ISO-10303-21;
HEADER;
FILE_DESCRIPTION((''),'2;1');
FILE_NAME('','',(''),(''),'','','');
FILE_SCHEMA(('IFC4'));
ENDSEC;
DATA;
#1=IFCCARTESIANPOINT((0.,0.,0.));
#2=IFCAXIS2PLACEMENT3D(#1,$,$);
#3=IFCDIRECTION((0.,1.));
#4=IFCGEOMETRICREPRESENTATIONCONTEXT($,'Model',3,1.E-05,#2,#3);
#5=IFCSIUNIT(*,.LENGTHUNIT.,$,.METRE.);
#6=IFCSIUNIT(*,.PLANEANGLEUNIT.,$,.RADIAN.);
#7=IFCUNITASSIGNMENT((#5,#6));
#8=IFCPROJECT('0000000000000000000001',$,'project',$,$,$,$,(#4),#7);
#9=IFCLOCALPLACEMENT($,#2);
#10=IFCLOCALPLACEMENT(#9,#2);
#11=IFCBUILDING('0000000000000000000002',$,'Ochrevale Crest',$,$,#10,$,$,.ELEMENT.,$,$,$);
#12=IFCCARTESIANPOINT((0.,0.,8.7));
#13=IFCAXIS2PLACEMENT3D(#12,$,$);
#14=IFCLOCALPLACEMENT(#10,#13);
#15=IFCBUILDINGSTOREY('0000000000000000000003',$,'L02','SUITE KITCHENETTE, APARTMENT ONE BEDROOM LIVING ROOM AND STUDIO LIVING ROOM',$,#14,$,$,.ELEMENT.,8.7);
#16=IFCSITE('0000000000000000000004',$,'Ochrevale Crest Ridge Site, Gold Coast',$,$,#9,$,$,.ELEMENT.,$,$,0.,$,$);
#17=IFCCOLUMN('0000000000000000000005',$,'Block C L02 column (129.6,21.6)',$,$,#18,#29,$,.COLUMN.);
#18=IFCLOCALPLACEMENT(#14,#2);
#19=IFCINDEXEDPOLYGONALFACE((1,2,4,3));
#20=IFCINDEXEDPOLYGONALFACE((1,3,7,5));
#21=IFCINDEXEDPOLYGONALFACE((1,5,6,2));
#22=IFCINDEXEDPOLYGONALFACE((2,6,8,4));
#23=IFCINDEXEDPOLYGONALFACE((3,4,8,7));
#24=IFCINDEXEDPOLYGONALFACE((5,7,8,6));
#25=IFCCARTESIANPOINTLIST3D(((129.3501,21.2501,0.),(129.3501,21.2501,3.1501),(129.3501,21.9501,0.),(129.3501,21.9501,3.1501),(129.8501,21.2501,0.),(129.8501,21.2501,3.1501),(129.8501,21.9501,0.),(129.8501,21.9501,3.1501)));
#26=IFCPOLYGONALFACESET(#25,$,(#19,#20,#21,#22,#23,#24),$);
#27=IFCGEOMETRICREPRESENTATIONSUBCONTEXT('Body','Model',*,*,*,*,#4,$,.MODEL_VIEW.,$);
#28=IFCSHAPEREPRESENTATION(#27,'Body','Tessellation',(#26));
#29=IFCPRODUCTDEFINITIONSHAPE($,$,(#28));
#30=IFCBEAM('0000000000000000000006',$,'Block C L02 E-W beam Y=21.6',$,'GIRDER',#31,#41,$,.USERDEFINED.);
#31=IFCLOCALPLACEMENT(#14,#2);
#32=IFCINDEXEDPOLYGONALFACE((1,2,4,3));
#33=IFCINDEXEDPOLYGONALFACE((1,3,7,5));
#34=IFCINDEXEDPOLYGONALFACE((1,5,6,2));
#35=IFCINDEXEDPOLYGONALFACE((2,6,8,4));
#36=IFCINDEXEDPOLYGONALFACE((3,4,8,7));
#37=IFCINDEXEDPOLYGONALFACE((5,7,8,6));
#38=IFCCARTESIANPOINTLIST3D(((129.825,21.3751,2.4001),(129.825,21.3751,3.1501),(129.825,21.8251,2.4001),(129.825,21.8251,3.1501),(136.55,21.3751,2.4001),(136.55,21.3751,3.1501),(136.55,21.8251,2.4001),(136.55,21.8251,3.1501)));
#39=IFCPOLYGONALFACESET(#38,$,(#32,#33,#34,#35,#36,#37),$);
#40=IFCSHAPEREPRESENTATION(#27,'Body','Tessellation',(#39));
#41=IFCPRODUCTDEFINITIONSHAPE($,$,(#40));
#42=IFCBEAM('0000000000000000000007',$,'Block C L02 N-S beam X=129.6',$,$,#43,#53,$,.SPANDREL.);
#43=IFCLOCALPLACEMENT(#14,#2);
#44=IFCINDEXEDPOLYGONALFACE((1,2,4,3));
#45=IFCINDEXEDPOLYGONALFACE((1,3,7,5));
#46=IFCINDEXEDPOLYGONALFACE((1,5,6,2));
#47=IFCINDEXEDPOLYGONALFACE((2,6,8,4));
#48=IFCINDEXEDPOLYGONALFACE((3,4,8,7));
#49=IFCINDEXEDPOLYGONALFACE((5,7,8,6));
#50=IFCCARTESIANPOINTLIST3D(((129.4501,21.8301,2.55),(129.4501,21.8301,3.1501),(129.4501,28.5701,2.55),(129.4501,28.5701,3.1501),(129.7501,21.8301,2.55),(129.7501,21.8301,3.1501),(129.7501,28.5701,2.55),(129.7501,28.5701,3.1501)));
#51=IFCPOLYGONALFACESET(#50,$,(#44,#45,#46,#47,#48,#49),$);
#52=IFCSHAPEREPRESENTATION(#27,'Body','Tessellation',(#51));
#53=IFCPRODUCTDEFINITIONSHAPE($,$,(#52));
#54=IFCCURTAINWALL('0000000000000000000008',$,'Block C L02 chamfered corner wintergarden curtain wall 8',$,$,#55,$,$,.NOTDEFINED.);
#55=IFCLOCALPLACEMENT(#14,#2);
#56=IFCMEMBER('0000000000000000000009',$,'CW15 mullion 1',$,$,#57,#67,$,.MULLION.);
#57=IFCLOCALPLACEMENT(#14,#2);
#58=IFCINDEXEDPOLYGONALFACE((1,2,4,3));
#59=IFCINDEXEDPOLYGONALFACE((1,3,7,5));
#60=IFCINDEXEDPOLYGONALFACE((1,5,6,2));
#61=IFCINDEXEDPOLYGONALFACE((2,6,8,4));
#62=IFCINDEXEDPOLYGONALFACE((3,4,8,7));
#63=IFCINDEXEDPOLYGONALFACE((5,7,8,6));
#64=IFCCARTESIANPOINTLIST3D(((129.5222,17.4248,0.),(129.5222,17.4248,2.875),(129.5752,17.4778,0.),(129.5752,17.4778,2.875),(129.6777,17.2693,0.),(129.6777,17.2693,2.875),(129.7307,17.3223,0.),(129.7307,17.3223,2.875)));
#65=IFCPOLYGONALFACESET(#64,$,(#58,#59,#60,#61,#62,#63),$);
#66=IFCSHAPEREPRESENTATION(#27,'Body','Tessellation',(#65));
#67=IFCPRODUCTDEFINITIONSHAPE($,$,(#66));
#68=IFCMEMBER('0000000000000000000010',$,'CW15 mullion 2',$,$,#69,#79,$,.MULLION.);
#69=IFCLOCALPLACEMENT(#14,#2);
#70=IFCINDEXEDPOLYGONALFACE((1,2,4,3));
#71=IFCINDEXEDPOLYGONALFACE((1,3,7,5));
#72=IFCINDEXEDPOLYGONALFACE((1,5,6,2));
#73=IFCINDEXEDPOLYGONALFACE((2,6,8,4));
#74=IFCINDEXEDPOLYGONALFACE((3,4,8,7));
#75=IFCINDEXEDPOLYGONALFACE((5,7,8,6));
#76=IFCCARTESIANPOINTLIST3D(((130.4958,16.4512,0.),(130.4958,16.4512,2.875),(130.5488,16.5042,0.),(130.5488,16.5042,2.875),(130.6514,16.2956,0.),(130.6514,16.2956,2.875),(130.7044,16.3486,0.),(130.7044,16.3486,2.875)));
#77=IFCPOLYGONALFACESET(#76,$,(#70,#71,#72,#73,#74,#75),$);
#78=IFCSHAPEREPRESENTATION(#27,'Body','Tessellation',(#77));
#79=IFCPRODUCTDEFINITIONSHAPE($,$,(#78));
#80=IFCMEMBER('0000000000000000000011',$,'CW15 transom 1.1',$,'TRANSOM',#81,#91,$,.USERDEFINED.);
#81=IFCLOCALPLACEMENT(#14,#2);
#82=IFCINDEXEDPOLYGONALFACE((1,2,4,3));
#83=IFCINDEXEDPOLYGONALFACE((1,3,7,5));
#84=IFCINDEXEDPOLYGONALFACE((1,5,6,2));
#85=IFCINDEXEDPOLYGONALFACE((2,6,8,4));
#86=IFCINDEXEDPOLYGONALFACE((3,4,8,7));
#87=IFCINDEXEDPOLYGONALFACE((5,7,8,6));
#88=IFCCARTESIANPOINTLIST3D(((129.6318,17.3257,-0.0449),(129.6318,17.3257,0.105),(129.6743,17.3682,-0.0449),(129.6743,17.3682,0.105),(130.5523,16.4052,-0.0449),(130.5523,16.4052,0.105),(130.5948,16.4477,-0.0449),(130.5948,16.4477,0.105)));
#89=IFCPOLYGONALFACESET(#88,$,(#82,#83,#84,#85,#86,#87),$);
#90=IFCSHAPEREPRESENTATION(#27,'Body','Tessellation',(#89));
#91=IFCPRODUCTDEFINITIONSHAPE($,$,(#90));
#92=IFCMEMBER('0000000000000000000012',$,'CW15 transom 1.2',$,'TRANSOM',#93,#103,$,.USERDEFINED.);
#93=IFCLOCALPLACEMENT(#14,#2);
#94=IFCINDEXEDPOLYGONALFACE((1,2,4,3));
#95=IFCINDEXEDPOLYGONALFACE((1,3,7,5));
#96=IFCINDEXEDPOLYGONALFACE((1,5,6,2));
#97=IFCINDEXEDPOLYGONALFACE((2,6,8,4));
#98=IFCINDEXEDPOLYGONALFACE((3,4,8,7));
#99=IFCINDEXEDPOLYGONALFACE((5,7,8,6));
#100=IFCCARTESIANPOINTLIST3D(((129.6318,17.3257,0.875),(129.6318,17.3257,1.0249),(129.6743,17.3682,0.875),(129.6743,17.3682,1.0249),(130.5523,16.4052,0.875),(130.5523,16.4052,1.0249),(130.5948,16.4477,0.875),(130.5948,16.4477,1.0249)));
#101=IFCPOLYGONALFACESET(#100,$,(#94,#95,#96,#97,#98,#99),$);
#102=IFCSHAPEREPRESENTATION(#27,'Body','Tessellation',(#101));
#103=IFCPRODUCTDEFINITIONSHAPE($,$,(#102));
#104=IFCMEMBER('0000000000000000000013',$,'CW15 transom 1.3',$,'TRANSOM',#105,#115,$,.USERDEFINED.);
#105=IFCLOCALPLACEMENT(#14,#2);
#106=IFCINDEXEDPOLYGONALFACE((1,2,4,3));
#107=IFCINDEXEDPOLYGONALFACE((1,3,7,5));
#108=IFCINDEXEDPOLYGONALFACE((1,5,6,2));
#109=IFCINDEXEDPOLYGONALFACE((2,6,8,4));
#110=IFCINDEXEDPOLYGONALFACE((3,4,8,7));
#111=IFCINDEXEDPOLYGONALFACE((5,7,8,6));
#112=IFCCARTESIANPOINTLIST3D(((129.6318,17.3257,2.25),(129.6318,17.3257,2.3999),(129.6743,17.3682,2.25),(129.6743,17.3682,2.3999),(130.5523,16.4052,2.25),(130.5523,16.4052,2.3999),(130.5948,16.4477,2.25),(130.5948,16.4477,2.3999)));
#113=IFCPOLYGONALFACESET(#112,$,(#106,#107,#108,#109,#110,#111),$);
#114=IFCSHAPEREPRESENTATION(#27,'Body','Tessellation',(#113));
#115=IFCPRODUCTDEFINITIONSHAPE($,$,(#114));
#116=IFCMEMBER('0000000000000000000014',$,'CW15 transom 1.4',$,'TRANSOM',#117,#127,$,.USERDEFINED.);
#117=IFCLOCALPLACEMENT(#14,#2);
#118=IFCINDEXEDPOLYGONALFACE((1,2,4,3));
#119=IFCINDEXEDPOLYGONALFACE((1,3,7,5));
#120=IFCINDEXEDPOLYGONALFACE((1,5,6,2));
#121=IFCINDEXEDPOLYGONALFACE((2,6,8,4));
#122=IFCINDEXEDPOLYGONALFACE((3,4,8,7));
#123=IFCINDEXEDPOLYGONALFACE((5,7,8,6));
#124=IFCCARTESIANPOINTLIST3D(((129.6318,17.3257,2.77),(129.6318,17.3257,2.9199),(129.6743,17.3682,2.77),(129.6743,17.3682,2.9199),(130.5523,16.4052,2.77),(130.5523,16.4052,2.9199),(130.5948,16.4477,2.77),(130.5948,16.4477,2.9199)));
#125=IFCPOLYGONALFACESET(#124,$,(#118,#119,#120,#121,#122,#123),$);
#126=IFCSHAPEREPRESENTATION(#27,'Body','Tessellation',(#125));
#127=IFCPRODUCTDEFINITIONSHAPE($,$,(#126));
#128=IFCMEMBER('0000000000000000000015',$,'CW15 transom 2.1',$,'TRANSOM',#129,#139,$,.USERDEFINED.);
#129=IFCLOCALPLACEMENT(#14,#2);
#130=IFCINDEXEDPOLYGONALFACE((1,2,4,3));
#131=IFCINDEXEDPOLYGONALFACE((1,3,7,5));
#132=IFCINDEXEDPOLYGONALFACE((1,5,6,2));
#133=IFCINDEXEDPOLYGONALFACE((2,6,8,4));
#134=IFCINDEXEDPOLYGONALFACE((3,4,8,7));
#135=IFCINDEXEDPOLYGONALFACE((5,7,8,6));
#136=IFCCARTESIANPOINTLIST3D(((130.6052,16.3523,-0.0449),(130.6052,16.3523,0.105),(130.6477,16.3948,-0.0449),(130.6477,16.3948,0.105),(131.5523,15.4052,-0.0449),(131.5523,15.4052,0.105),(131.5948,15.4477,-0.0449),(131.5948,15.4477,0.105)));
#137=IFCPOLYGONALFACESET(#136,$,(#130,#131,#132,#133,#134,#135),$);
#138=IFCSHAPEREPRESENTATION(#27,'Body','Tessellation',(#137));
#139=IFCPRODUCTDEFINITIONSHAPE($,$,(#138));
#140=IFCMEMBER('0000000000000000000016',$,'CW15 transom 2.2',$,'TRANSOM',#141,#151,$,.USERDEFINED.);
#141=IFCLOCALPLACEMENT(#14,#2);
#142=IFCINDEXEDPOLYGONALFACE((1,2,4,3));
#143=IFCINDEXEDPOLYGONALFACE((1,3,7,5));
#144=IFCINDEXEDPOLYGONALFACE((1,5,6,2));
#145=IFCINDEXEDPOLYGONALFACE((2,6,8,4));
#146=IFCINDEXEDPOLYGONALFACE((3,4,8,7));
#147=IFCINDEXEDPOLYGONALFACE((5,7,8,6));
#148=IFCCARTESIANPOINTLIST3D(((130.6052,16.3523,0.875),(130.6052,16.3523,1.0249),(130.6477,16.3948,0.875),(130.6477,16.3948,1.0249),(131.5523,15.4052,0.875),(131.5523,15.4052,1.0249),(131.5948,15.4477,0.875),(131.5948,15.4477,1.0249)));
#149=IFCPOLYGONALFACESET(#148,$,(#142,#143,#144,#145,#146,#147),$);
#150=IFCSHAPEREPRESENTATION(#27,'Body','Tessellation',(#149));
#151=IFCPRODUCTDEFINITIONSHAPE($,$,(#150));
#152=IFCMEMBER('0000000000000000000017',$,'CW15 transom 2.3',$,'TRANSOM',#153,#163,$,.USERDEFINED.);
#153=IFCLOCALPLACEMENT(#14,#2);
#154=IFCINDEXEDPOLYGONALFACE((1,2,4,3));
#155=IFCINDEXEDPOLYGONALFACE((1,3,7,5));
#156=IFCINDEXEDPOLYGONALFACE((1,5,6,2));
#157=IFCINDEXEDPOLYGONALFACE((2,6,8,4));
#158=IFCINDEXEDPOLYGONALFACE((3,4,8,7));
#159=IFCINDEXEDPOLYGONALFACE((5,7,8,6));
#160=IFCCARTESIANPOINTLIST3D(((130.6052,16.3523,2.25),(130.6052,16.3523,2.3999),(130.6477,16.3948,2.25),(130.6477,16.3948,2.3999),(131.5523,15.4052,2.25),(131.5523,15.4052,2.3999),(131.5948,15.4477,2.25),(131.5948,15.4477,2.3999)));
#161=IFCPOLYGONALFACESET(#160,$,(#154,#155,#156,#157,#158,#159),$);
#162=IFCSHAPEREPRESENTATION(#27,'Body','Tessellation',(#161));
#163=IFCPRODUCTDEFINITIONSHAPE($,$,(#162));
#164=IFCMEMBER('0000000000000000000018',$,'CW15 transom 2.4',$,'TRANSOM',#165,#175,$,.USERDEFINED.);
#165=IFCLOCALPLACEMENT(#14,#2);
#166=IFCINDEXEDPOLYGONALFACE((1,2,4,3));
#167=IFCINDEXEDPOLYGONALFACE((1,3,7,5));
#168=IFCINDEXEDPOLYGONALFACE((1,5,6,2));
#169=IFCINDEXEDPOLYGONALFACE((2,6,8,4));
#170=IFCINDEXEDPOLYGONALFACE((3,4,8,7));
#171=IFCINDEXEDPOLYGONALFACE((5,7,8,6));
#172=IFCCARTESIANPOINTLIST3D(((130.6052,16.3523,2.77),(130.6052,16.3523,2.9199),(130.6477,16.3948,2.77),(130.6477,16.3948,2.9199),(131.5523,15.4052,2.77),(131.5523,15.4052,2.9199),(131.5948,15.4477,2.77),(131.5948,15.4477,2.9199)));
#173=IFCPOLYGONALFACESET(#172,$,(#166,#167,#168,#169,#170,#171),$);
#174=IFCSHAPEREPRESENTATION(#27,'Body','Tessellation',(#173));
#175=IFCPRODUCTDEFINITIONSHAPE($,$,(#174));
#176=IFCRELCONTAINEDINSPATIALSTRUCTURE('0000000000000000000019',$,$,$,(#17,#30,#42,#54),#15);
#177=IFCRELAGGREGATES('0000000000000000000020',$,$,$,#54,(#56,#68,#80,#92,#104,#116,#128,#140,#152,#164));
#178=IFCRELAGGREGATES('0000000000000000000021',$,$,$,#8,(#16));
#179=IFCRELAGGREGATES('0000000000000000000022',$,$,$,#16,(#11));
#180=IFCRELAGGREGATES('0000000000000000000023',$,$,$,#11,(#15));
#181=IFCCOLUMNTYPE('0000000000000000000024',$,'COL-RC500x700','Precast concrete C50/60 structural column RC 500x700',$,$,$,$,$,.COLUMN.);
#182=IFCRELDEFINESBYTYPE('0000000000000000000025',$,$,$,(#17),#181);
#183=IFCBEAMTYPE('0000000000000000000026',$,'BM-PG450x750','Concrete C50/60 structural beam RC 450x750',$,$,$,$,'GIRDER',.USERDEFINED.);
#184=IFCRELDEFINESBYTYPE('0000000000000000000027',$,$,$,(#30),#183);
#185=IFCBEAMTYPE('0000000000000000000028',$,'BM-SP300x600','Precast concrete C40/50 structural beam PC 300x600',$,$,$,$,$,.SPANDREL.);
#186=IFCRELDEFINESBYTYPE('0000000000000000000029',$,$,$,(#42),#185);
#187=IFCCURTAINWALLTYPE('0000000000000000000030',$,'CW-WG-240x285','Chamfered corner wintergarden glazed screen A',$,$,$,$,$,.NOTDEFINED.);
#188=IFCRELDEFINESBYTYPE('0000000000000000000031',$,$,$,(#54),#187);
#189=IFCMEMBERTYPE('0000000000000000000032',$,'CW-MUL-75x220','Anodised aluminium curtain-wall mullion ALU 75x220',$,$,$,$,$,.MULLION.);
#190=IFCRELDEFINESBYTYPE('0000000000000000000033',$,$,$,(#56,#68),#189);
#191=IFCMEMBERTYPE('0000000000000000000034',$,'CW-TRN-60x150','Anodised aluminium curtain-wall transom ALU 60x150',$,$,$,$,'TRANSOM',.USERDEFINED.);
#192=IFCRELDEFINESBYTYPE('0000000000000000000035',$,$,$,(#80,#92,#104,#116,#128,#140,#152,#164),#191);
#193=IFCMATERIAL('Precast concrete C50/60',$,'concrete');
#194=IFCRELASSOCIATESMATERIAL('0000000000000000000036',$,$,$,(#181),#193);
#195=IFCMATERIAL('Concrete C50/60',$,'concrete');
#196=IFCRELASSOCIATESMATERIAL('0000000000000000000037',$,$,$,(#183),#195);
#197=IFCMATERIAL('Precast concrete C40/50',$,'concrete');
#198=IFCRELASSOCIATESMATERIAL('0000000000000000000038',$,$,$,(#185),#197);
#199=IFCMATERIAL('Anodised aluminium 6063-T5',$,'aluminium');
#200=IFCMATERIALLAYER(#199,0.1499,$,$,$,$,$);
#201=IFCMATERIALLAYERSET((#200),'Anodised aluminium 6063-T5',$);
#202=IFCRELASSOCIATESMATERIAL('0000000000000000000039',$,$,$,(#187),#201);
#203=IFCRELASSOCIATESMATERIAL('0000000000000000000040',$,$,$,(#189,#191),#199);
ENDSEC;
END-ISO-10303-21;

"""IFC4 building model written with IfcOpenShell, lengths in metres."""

from ifc_helpers import new_model, si_unit, direction, frame, origin, origin_2d, place, context, subcontext, project, spatial, rectangle, extrude, material, layer, layer_set, material_profile, profile_set, type_object, element, aggregate, save


model = new_model("IFC4")

# Units and contexts
model_context = context("Model", 3, precision=1e-05, world=origin(), true_north=direction((0.0, 1.0)))
body_context = subcontext(model_context, "Body", "Model", "MODEL_VIEW")
ifc_project = project(units=[si_unit("LENGTHUNIT", "METRE"), si_unit("PLANEANGLEUNIT", "RADIAN")], contexts=[model_context])

# Site, building, storey
site_placement = place(None, origin())
site = spatial("IfcSite", under=ifc_project, at=site_placement, Name="Ochrevale Crest Ridge Site, Gold Coast", CompositionType="ELEMENT", RefElevation=0.0)
building_placement = place(site_placement, origin())
building = spatial("IfcBuilding", under=site, at=building_placement, Name="Ochrevale Crest", CompositionType="ELEMENT")
storey_placement = place(building_placement, frame((0.0, 0.0, 8.7)))
storey = spatial("IfcBuildingStorey", under=building, at=storey_placement, Name="L02", Description="SUITE KITCHENETTE, APARTMENT ONE BEDROOM LIVING ROOM AND STUDIO LIVING ROOM", CompositionType="ELEMENT", Elevation=8.7)

# Column
ifc_material_1 = material(Name="Precast concrete C50/60", Category="concrete")
ifc_material_profile_1 = material_profile(ifc_material_1, rectangle(XDim=0.5, YDim=0.7, at=origin_2d()), Name="RC 500x700")
ifc_profile_set_1 = profile_set([ifc_material_profile_1], Name="Precast concrete C50/60")
column_type = type_object("IfcColumnType", Name="COL-RC500x700", Description="Precast concrete C50/60 structural column RC 500x700", PredefinedType="COLUMN", material=ifc_profile_set_1)
column_placement = place(storey_placement, frame((129.6001, 21.6001, 0.0), z_axis=(0.0, 0.0, 1.0), x_axis=(1.0, 0.0, 0.0)))
element("IfcColumn", 1, at=column_placement, inside=storey, type_object=column_type, Name="Block C L02 column (129.6,21.6)", PredefinedType="COLUMN", context=body_context, shape_type="SweptSolid", body=[
    extrude(rectangle(XDim=0.5, YDim=0.7, at=origin_2d()), origin(), (0.0, 0.0, 1.0), 3.1501),
])

# Beams
ifc_material_2 = material(Name="Concrete C50/60", Category="concrete")
ifc_material_profile_2 = material_profile(ifc_material_2, rectangle(XDim=0.45, YDim=0.75, at=origin_2d()), Name="RC 450x750")
ifc_profile_set_2 = profile_set([ifc_material_profile_2], Name="Concrete C50/60")
beam_type_1 = type_object("IfcBeamType", Name="BM-PG450x750", Description="Concrete C50/60 structural beam RC 450x750", ElementType="GIRDER", PredefinedType="USERDEFINED", material=ifc_profile_set_2)
beam_1_placement = place(storey_placement, frame((129.825, 21.6001, 2.7751), z_axis=(1.0, 0.0, 0.0), x_axis=(0.0, 1.0, 0.0)))
element("IfcBeam", 2, at=beam_1_placement, inside=storey, type_object=beam_type_1, Name="Block C L02 E-W beam Y=21.6", ObjectType="GIRDER", PredefinedType="USERDEFINED", context=body_context, shape_type="SweptSolid", body=[
    extrude(rectangle(XDim=0.45, YDim=0.75, at=origin_2d()), origin(), (0.0, 0.0, 1.0), 6.7251),
])
ifc_material_3 = material(Name="Precast concrete C40/50", Category="concrete")
ifc_material_profile_3 = material_profile(ifc_material_3, rectangle(XDim=0.3, YDim=0.6001, at=origin_2d()), Name="PC 300x600")
ifc_profile_set_3 = profile_set([ifc_material_profile_3], Name="Precast concrete C40/50")
beam_type_2 = type_object("IfcBeamType", Name="BM-SP300x600", Description="Precast concrete C40/50 structural beam PC 300x600", PredefinedType="SPANDREL", material=ifc_profile_set_3)
beam_2_placement = place(storey_placement, frame((129.6001, 21.8301, 2.8501), z_axis=(0.0, 1.0, 0.0), x_axis=(-1.0, 0.0, 0.0)))
element("IfcBeam", 3, at=beam_2_placement, inside=storey, type_object=beam_type_2, Name="Block C L02 N-S beam X=129.6", PredefinedType="SPANDREL", context=body_context, shape_type="SweptSolid", body=[
    extrude(rectangle(XDim=0.3, YDim=0.6001, at=origin_2d()), origin(), (0.0, 0.0, 1.0), 6.74),
])

# Curtain wall, members
ifc_material_4 = material(Name="Anodised aluminium 6063-T5", Category="aluminium")
ifc_layer_1 = layer(ifc_material_4, 0.1499)
ifc_layer_set_1 = layer_set([ifc_layer_1], Name="Anodised aluminium 6063-T5")
curtain_wall_type = type_object("IfcCurtainWallType", Name="CW-WG-240x285", Description="Chamfered corner wintergarden glazed screen A", PredefinedType="NOTDEFINED", material=ifc_layer_set_1)
curtain_wall_placement = place(storey_placement, origin())
curtain_wall = element("IfcCurtainWall", 4, at=curtain_wall_placement, inside=storey, type_object=curtain_wall_type, Name="Block C L02 chamfered corner wintergarden curtain wall 8", PredefinedType="NOTDEFINED")
ifc_material_profile_4 = material_profile(ifc_material_4, rectangle(XDim=0.075, YDim=0.22, at=origin_2d()), Name="ALU 75x220")
ifc_profile_set_4 = profile_set([ifc_material_profile_4], Name="Anodised aluminium 6063-T5")
member_type_1 = type_object("IfcMemberType", Name="CW-MUL-75x220", Description="Anodised aluminium curtain-wall mullion ALU 75x220", PredefinedType="MULLION", material=ifc_profile_set_4)
member_1_placement = place(storey_placement, frame((129.6265, 17.3735, 0.0), z_axis=(0.0, 0.0, 1.0), x_axis=(0.707107, 0.707107, 0.0)))
member_1 = element("IfcMember", 5, at=member_1_placement, type_object=member_type_1, Name="CW15 mullion 1", PredefinedType="MULLION", context=body_context, shape_type="SweptSolid", body=[
    extrude(rectangle(XDim=0.075, YDim=0.22, at=origin_2d()), origin(), (0.0, 0.0, 1.0), 2.875),
])
member_2_placement = place(storey_placement, frame((130.6001, 16.3999, 0.0), z_axis=(0.0, 0.0, 1.0), x_axis=(0.707107, 0.707107, 0.0)))
member_2 = element("IfcMember", 6, at=member_2_placement, type_object=member_type_1, Name="CW15 mullion 2", PredefinedType="MULLION", context=body_context, shape_type="SweptSolid", body=[
    extrude(rectangle(XDim=0.075, YDim=0.22, at=origin_2d()), origin(), (0.0, 0.0, 1.0), 2.875),
])
ifc_material_profile_5 = material_profile(ifc_material_4, rectangle(XDim=0.0601, YDim=0.1499, at=origin_2d()), Name="ALU 60x150")
ifc_profile_set_5 = profile_set([ifc_material_profile_5], Name="Anodised aluminium 6063-T5")
member_type_2 = type_object("IfcMemberType", Name="CW-TRN-60x150", Description="Anodised aluminium curtain-wall transom ALU 60x150", ElementType="TRANSOM", PredefinedType="USERDEFINED", material=ifc_profile_set_5)
member_3_placement = place(storey_placement, frame((129.6531, 17.3469, 0.03), z_axis=(0.707107, -0.707107, 0.0), x_axis=(0.707107, 0.707107, 0.0)))
member_3 = element("IfcMember", 7, at=member_3_placement, type_object=member_type_2, Name="CW15 transom 1.1", ObjectType="TRANSOM", PredefinedType="USERDEFINED", context=body_context, shape_type="SweptSolid", body=[
    extrude(rectangle(XDim=0.0601, YDim=0.1499, at=origin_2d()), origin(), (0.0, 0.0, 1.0), 1.3018),
])
member_4_placement = place(storey_placement, frame((129.6531, 17.3469, 0.95), z_axis=(0.707107, -0.707107, 0.0), x_axis=(0.707107, 0.707107, 0.0)))
member_4 = element("IfcMember", 8, at=member_4_placement, type_object=member_type_2, Name="CW15 transom 1.2", ObjectType="TRANSOM", PredefinedType="USERDEFINED", context=body_context, shape_type="SweptSolid", body=[
    extrude(rectangle(XDim=0.0601, YDim=0.1499, at=origin_2d()), origin(), (0.0, 0.0, 1.0), 1.3018),
])
member_5_placement = place(storey_placement, frame((129.6531, 17.3469, 2.325), z_axis=(0.707107, -0.707107, 0.0), x_axis=(0.707107, 0.707107, 0.0)))
member_5 = element("IfcMember", 9, at=member_5_placement, type_object=member_type_2, Name="CW15 transom 1.3", ObjectType="TRANSOM", PredefinedType="USERDEFINED", context=body_context, shape_type="SweptSolid", body=[
    extrude(rectangle(XDim=0.0601, YDim=0.1499, at=origin_2d()), origin(), (0.0, 0.0, 1.0), 1.3018),
])
member_6_placement = place(storey_placement, frame((129.6531, 17.3469, 2.845), z_axis=(0.707107, -0.707107, 0.0), x_axis=(0.707107, 0.707107, 0.0)))
member_6 = element("IfcMember", 10, at=member_6_placement, type_object=member_type_2, Name="CW15 transom 1.4", ObjectType="TRANSOM", PredefinedType="USERDEFINED", context=body_context, shape_type="SweptSolid", body=[
    extrude(rectangle(XDim=0.0601, YDim=0.1499, at=origin_2d()), origin(), (0.0, 0.0, 1.0), 1.3018),
])
member_7_placement = place(storey_placement, frame((130.6265, 16.3735, 0.03), z_axis=(0.707107, -0.707107, 0.0), x_axis=(0.707107, 0.707107, 0.0)))
member_7 = element("IfcMember", 11, at=member_7_placement, type_object=member_type_2, Name="CW15 transom 2.1", ObjectType="TRANSOM", PredefinedType="USERDEFINED", context=body_context, shape_type="SweptSolid", body=[
    extrude(rectangle(XDim=0.0601, YDim=0.1499, at=origin_2d()), origin(), (0.0, 0.0, 1.0), 1.3394),
])
member_8_placement = place(storey_placement, frame((130.6265, 16.3735, 0.95), z_axis=(0.707107, -0.707107, 0.0), x_axis=(0.707107, 0.707107, 0.0)))
member_8 = element("IfcMember", 12, at=member_8_placement, type_object=member_type_2, Name="CW15 transom 2.2", ObjectType="TRANSOM", PredefinedType="USERDEFINED", context=body_context, shape_type="SweptSolid", body=[
    extrude(rectangle(XDim=0.0601, YDim=0.1499, at=origin_2d()), origin(), (0.0, 0.0, 1.0), 1.3394),
])
member_9_placement = place(storey_placement, frame((130.6265, 16.3735, 2.325), z_axis=(0.707107, -0.707107, 0.0), x_axis=(0.707107, 0.707107, 0.0)))
member_9 = element("IfcMember", 13, at=member_9_placement, type_object=member_type_2, Name="CW15 transom 2.3", ObjectType="TRANSOM", PredefinedType="USERDEFINED", context=body_context, shape_type="SweptSolid", body=[
    extrude(rectangle(XDim=0.0601, YDim=0.1499, at=origin_2d()), origin(), (0.0, 0.0, 1.0), 1.3394),
])
member_10_placement = place(storey_placement, frame((130.6265, 16.3735, 2.845), z_axis=(0.707107, -0.707107, 0.0), x_axis=(0.707107, 0.707107, 0.0)))
member_10 = element("IfcMember", 14, at=member_10_placement, type_object=member_type_2, Name="CW15 transom 2.4", ObjectType="TRANSOM", PredefinedType="USERDEFINED", context=body_context, shape_type="SweptSolid", body=[
    extrude(rectangle(XDim=0.0601, YDim=0.1499, at=origin_2d()), origin(), (0.0, 0.0, 1.0), 1.3394),
])
aggregate(curtain_wall, [member_1, member_2, member_3, member_4, member_5, member_6, member_7, member_8, member_9, member_10])

save(model, "model.ifc")
